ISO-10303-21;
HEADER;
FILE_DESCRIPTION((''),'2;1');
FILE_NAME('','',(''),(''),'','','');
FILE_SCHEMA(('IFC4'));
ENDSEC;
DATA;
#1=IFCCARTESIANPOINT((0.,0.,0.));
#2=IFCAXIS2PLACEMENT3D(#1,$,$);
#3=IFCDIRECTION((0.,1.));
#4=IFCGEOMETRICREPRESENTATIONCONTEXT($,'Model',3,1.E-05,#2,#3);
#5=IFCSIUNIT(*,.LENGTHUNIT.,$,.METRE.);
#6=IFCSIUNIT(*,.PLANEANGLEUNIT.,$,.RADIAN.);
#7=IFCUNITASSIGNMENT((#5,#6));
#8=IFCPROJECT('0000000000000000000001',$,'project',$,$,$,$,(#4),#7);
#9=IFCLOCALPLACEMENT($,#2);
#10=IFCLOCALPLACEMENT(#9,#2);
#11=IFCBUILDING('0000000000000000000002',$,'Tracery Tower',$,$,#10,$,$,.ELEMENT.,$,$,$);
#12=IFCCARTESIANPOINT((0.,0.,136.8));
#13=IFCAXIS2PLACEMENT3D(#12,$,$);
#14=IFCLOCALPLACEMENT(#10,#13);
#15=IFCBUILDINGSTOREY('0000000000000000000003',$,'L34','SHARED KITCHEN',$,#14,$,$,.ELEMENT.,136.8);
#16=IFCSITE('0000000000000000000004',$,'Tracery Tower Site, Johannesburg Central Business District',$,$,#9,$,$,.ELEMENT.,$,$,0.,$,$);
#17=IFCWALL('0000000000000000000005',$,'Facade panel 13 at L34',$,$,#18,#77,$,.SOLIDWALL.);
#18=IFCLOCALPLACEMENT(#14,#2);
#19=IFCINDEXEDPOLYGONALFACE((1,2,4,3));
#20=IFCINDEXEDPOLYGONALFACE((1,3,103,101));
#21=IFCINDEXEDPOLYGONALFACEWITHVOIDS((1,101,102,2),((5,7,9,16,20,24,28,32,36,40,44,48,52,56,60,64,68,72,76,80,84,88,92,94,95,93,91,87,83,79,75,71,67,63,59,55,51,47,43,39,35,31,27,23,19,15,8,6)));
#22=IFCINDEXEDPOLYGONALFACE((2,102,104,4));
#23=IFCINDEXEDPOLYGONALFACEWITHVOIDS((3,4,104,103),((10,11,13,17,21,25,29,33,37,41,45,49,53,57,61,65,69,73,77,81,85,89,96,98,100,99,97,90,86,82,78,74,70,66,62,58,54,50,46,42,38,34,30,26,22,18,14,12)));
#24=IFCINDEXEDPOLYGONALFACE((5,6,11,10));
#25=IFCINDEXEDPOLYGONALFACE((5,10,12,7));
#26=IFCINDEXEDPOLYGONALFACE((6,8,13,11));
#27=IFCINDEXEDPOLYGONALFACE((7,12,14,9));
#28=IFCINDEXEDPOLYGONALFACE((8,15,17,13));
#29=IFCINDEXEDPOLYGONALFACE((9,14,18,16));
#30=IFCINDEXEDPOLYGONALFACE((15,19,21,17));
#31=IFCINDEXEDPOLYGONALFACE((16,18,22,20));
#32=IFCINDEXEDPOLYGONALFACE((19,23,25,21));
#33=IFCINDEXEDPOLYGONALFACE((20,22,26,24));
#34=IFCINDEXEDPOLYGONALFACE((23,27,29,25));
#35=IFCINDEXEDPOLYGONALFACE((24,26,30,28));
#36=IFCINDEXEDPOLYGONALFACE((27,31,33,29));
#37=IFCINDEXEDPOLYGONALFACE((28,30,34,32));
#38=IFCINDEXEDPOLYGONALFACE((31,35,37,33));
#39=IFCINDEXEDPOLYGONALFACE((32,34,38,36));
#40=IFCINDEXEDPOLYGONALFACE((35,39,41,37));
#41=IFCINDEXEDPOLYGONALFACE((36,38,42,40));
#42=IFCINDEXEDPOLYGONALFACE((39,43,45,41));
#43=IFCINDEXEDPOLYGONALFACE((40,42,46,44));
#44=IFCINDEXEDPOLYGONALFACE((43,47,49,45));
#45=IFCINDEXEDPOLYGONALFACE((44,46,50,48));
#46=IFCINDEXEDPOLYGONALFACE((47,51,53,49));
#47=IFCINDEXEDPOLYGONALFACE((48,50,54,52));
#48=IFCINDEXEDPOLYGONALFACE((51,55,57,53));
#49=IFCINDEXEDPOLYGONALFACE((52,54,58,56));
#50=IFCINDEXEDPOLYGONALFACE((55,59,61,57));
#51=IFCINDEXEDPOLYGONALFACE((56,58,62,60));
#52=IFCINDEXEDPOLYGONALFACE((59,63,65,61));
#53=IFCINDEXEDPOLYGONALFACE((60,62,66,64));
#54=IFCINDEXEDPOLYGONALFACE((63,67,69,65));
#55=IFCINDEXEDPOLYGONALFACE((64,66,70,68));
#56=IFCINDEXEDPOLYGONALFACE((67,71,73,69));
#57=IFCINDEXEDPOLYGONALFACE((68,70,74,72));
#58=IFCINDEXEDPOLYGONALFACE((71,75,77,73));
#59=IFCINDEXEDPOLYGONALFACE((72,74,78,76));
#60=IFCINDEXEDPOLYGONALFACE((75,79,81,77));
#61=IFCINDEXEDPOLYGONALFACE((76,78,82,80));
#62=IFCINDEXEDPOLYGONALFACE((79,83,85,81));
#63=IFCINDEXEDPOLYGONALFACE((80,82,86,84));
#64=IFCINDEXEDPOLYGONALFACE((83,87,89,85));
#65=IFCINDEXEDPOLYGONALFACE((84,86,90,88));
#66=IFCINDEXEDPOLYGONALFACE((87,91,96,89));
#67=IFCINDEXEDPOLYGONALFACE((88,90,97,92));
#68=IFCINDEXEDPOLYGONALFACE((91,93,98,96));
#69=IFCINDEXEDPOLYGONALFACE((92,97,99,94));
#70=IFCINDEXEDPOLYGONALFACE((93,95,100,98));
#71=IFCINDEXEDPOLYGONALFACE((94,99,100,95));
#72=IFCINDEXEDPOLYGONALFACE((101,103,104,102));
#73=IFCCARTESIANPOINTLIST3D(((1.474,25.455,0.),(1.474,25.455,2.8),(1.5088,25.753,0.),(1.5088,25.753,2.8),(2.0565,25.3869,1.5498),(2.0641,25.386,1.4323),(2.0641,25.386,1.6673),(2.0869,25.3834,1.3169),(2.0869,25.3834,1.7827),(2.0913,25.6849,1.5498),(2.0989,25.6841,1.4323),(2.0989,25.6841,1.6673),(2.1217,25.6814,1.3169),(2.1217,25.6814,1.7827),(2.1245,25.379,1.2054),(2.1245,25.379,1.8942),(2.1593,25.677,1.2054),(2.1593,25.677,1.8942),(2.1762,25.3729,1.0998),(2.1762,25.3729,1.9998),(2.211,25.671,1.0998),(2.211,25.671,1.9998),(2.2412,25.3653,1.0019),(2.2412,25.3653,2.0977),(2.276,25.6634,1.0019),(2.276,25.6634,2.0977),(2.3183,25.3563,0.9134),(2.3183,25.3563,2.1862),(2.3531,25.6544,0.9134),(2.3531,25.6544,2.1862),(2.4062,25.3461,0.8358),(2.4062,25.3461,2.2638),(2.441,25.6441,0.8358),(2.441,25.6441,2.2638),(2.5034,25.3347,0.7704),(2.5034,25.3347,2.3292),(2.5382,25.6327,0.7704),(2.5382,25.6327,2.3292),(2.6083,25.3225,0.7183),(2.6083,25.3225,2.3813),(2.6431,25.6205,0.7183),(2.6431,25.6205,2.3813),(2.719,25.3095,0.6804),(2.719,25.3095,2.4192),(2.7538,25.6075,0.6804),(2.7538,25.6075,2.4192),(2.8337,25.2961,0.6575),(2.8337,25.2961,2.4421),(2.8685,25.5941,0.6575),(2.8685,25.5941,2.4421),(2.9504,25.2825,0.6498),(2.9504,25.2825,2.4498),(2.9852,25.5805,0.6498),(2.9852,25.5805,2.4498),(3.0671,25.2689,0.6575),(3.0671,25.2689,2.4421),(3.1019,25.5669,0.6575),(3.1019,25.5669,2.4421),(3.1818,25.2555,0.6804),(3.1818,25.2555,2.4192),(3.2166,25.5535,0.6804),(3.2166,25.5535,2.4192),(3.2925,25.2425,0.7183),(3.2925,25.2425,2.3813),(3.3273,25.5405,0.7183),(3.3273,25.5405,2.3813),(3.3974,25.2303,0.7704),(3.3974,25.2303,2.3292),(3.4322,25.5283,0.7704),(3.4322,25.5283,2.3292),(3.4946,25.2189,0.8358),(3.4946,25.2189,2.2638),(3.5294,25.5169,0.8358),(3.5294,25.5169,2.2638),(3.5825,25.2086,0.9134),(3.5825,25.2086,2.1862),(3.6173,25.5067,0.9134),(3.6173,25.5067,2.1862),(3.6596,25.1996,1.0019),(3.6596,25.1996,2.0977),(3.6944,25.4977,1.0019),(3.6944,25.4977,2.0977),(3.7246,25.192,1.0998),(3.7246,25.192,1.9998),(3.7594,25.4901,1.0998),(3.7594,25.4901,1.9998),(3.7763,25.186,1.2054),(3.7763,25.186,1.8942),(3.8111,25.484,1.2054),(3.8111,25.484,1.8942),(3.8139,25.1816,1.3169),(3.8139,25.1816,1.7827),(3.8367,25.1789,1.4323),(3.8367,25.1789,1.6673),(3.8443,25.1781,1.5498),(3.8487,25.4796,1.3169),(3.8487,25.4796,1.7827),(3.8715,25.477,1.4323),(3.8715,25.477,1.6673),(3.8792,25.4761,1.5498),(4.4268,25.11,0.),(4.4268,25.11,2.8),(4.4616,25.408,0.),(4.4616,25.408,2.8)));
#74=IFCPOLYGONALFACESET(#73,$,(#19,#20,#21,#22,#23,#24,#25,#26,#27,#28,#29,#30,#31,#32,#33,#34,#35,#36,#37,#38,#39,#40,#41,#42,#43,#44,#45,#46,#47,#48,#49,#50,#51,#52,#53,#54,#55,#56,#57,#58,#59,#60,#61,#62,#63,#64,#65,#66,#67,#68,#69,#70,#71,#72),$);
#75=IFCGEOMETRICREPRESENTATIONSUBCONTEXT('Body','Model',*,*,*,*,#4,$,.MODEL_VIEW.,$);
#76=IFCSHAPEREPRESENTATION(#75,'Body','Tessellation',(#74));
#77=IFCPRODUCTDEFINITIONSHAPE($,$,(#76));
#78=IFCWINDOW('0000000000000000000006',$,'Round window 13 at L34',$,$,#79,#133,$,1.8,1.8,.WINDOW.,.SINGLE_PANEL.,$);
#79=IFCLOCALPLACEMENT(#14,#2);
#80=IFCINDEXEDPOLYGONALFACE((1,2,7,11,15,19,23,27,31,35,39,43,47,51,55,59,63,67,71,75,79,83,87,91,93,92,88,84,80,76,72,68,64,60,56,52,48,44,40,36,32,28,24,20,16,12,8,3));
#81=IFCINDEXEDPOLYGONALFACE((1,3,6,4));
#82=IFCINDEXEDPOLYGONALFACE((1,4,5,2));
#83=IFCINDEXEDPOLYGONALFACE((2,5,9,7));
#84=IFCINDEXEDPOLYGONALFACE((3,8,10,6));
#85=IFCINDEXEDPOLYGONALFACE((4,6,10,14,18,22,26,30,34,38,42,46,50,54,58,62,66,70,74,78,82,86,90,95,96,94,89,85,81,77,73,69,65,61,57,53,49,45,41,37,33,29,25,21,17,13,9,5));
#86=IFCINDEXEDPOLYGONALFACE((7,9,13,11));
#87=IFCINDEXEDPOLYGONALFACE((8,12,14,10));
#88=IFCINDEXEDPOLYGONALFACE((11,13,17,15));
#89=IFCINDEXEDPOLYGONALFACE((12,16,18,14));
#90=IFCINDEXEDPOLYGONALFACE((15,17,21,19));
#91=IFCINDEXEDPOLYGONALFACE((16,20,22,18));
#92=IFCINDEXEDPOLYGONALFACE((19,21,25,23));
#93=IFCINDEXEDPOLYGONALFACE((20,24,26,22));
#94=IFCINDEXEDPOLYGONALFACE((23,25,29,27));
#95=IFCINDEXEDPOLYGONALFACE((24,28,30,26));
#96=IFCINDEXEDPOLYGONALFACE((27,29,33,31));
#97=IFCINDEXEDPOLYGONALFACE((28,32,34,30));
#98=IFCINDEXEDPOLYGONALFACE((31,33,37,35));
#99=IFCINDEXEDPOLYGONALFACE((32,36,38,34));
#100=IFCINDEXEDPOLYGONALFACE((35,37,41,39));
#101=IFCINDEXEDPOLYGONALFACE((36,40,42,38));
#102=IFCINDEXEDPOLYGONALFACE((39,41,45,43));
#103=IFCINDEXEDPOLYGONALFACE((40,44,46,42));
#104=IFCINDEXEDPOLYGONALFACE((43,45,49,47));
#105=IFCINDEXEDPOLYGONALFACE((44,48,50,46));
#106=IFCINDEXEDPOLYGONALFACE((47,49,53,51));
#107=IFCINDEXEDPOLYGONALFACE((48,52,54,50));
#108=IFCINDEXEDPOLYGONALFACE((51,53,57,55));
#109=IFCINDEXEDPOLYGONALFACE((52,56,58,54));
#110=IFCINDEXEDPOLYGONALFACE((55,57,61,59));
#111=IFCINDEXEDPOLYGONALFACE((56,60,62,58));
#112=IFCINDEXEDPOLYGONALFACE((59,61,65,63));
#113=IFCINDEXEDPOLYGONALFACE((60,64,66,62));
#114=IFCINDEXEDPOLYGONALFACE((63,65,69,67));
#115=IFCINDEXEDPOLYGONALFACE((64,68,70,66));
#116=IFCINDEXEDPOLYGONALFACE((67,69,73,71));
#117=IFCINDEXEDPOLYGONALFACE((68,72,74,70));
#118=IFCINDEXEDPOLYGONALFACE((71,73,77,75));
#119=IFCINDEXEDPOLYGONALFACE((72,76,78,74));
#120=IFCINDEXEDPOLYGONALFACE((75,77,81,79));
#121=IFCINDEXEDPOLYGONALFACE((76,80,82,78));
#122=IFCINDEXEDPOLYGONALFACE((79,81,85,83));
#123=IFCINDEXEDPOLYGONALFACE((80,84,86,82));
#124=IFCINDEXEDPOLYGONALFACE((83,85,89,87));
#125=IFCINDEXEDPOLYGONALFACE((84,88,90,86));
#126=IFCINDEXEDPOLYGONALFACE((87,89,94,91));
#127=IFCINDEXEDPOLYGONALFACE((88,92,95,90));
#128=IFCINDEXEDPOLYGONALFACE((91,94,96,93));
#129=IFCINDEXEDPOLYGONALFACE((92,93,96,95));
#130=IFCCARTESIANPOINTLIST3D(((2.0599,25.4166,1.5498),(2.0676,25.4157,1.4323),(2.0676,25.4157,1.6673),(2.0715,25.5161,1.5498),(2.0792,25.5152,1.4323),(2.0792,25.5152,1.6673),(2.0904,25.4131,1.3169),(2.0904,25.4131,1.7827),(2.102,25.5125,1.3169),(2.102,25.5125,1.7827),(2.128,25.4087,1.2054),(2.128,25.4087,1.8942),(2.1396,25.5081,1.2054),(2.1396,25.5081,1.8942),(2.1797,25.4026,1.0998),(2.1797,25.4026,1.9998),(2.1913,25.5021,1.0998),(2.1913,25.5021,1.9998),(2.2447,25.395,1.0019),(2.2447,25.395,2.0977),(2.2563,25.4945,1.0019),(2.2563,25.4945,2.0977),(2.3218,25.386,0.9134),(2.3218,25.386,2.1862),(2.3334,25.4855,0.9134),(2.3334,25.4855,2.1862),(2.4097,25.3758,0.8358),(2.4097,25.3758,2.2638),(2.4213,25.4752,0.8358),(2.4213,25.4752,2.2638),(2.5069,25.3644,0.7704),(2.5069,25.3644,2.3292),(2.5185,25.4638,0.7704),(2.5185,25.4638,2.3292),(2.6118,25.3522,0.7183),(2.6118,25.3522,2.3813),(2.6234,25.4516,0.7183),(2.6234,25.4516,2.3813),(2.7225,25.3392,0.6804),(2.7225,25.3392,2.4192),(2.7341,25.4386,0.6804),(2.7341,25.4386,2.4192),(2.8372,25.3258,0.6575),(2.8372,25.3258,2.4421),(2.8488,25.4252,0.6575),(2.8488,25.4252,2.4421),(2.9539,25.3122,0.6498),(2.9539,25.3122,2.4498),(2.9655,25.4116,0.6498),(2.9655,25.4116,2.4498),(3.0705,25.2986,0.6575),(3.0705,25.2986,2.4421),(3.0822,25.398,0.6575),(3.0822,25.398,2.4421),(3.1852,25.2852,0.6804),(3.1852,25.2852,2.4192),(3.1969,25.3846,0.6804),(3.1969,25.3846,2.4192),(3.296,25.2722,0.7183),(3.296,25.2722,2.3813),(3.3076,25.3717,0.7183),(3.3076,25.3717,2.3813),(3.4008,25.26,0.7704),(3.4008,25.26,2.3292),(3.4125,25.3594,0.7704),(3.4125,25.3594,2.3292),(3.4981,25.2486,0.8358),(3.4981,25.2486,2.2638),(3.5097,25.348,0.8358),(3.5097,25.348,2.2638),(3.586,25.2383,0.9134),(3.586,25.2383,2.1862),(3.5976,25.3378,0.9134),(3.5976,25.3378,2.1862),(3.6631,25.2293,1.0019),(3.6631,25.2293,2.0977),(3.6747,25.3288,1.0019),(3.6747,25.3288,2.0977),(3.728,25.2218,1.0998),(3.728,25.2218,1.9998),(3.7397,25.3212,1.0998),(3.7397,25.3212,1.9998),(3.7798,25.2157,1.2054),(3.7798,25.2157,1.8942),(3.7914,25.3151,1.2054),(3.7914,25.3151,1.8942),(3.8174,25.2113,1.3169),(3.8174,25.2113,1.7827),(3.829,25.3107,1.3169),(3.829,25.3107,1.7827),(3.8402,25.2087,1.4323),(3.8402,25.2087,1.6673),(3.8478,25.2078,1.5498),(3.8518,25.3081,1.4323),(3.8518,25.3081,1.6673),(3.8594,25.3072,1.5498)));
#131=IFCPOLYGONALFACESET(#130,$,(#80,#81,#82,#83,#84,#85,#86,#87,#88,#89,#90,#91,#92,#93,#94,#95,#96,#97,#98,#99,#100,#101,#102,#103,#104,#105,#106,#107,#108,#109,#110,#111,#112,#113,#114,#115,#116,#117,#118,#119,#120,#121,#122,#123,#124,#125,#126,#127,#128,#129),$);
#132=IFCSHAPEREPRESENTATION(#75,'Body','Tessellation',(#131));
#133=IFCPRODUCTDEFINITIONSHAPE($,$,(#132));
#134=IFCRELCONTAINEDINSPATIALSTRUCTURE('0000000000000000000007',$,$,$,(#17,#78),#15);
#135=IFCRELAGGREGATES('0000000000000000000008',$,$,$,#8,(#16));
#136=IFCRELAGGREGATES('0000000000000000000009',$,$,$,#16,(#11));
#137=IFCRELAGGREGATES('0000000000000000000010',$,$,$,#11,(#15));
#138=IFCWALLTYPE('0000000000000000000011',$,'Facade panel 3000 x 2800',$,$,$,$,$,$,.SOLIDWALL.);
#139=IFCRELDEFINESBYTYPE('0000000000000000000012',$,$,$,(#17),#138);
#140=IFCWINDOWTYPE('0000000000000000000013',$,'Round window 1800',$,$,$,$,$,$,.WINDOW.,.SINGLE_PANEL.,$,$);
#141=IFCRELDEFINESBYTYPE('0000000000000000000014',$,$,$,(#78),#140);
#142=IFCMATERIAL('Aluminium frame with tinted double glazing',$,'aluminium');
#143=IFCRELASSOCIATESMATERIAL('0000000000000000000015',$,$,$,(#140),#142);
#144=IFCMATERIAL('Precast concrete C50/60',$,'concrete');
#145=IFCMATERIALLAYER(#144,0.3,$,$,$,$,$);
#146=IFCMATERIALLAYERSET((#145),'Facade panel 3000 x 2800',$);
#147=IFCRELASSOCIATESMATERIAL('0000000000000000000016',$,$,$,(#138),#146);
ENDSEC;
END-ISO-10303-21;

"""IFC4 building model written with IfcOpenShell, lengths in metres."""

from ifc_helpers import new_model, si_unit, direction, frame, frame_2d, origin, origin_2d, place, context, subcontext, project, spatial, rectangle, circle, extrude, material, layer, layer_set, type_object, element, fill, save


model = new_model("IFC4")

# Units and contexts
model_context = context("Model", 3, precision=1e-05, world=origin(), true_north=direction((0.0, 1.0)))
body_context = subcontext(model_context, "Body", "Model", "MODEL_VIEW")
ifc_project = project(units=[si_unit("LENGTHUNIT", "METRE"), si_unit("PLANEANGLEUNIT", "RADIAN")], contexts=[model_context])

# Site, building, storey
site_placement = place(None, origin())
site = spatial("IfcSite", under=ifc_project, at=site_placement, Name="Tracery Tower Site, Johannesburg Central Business District", CompositionType="ELEMENT", RefElevation=0.0)
building_placement = place(site_placement, origin())
building = spatial("IfcBuilding", under=site, at=building_placement, Name="Tracery Tower", CompositionType="ELEMENT")
storey_placement = place(building_placement, frame((0.0, 0.0, 136.8)))
storey = spatial("IfcBuildingStorey", under=building, at=storey_placement, Name="L34", Description="SHARED KITCHEN", CompositionType="ELEMENT", Elevation=136.8)

# Wall, opening, window
ifc_material_1 = material(Name="Aluminium frame with tinted double glazing", Category="aluminium")
window_type = type_object("IfcWindowType", Name="Round window 1800", PartitioningType="SINGLE_PANEL", PredefinedType="WINDOW", material=ifc_material_1)
ifc_material_2 = material(Name="Precast concrete C50/60", Category="concrete")
ifc_layer_1 = layer(ifc_material_2, 0.3)
ifc_layer_set_1 = layer_set([ifc_layer_1], Name="Facade panel 3000 x 2800")
wall_type_1 = type_object("IfcWallType", Name="Facade panel 3000 x 2800", PredefinedType="SOLIDWALL", material=ifc_layer_set_1)
wall_1_placement = place(storey_placement, frame((4.4441, 25.259, 0.0), z_axis=(0.0, 0.0, 1.0), x_axis=(-0.993245, 0.116036, 0.0)))
wall_1 = element("IfcWall", 1, at=wall_1_placement, inside=storey, type_object=wall_type_1, Name="Facade panel 13 at L34", PredefinedType="SOLIDWALL", context=body_context, shape_type="SweptSolid", body=[
    extrude(rectangle(XDim=2.9729, YDim=0.3, at=frame_2d((1.4863, 0.0))), origin(), (0.0, 0.0, 1.0), 2.8),
])
opening_1_placement = place(wall_1_placement, frame((1.4863, 0.0, 1.5498)))
opening_1 = element("IfcOpeningElement", 2, at=opening_1_placement, cuts=wall_1, PredefinedType="OPENING", context=body_context, shape_type="SweptSolid", body=[
    extrude(circle(Radius=0.9, at=origin_2d()), frame((0.0, 0.1599, 0.0), z_axis=(0.0, -1.0, 0.0), x_axis=(1.0, 0.0, 0.0)), (0.0, 0.0, 1.0), 0.3201),
])
window_1_placement = place(opening_1_placement, origin())
window_1 = element("IfcWindow", 3, at=window_1_placement, inside=storey, type_object=window_type, Name="Round window 13 at L34", OverallHeight=1.8, OverallWidth=1.8, PartitioningType="SINGLE_PANEL", PredefinedType="WINDOW", context=body_context, shape_type="SweptSolid", body=[
    extrude(circle(Radius=0.9, at=origin_2d()), frame((0.0, 0.1201, 0.0), z_axis=(0.0, -1.0, 0.0), x_axis=(1.0, 0.0, 0.0)), (0.0, 0.0, 1.0), 0.1001),
])
fill(opening_1, window_1)

save(model, "model.ifc")
